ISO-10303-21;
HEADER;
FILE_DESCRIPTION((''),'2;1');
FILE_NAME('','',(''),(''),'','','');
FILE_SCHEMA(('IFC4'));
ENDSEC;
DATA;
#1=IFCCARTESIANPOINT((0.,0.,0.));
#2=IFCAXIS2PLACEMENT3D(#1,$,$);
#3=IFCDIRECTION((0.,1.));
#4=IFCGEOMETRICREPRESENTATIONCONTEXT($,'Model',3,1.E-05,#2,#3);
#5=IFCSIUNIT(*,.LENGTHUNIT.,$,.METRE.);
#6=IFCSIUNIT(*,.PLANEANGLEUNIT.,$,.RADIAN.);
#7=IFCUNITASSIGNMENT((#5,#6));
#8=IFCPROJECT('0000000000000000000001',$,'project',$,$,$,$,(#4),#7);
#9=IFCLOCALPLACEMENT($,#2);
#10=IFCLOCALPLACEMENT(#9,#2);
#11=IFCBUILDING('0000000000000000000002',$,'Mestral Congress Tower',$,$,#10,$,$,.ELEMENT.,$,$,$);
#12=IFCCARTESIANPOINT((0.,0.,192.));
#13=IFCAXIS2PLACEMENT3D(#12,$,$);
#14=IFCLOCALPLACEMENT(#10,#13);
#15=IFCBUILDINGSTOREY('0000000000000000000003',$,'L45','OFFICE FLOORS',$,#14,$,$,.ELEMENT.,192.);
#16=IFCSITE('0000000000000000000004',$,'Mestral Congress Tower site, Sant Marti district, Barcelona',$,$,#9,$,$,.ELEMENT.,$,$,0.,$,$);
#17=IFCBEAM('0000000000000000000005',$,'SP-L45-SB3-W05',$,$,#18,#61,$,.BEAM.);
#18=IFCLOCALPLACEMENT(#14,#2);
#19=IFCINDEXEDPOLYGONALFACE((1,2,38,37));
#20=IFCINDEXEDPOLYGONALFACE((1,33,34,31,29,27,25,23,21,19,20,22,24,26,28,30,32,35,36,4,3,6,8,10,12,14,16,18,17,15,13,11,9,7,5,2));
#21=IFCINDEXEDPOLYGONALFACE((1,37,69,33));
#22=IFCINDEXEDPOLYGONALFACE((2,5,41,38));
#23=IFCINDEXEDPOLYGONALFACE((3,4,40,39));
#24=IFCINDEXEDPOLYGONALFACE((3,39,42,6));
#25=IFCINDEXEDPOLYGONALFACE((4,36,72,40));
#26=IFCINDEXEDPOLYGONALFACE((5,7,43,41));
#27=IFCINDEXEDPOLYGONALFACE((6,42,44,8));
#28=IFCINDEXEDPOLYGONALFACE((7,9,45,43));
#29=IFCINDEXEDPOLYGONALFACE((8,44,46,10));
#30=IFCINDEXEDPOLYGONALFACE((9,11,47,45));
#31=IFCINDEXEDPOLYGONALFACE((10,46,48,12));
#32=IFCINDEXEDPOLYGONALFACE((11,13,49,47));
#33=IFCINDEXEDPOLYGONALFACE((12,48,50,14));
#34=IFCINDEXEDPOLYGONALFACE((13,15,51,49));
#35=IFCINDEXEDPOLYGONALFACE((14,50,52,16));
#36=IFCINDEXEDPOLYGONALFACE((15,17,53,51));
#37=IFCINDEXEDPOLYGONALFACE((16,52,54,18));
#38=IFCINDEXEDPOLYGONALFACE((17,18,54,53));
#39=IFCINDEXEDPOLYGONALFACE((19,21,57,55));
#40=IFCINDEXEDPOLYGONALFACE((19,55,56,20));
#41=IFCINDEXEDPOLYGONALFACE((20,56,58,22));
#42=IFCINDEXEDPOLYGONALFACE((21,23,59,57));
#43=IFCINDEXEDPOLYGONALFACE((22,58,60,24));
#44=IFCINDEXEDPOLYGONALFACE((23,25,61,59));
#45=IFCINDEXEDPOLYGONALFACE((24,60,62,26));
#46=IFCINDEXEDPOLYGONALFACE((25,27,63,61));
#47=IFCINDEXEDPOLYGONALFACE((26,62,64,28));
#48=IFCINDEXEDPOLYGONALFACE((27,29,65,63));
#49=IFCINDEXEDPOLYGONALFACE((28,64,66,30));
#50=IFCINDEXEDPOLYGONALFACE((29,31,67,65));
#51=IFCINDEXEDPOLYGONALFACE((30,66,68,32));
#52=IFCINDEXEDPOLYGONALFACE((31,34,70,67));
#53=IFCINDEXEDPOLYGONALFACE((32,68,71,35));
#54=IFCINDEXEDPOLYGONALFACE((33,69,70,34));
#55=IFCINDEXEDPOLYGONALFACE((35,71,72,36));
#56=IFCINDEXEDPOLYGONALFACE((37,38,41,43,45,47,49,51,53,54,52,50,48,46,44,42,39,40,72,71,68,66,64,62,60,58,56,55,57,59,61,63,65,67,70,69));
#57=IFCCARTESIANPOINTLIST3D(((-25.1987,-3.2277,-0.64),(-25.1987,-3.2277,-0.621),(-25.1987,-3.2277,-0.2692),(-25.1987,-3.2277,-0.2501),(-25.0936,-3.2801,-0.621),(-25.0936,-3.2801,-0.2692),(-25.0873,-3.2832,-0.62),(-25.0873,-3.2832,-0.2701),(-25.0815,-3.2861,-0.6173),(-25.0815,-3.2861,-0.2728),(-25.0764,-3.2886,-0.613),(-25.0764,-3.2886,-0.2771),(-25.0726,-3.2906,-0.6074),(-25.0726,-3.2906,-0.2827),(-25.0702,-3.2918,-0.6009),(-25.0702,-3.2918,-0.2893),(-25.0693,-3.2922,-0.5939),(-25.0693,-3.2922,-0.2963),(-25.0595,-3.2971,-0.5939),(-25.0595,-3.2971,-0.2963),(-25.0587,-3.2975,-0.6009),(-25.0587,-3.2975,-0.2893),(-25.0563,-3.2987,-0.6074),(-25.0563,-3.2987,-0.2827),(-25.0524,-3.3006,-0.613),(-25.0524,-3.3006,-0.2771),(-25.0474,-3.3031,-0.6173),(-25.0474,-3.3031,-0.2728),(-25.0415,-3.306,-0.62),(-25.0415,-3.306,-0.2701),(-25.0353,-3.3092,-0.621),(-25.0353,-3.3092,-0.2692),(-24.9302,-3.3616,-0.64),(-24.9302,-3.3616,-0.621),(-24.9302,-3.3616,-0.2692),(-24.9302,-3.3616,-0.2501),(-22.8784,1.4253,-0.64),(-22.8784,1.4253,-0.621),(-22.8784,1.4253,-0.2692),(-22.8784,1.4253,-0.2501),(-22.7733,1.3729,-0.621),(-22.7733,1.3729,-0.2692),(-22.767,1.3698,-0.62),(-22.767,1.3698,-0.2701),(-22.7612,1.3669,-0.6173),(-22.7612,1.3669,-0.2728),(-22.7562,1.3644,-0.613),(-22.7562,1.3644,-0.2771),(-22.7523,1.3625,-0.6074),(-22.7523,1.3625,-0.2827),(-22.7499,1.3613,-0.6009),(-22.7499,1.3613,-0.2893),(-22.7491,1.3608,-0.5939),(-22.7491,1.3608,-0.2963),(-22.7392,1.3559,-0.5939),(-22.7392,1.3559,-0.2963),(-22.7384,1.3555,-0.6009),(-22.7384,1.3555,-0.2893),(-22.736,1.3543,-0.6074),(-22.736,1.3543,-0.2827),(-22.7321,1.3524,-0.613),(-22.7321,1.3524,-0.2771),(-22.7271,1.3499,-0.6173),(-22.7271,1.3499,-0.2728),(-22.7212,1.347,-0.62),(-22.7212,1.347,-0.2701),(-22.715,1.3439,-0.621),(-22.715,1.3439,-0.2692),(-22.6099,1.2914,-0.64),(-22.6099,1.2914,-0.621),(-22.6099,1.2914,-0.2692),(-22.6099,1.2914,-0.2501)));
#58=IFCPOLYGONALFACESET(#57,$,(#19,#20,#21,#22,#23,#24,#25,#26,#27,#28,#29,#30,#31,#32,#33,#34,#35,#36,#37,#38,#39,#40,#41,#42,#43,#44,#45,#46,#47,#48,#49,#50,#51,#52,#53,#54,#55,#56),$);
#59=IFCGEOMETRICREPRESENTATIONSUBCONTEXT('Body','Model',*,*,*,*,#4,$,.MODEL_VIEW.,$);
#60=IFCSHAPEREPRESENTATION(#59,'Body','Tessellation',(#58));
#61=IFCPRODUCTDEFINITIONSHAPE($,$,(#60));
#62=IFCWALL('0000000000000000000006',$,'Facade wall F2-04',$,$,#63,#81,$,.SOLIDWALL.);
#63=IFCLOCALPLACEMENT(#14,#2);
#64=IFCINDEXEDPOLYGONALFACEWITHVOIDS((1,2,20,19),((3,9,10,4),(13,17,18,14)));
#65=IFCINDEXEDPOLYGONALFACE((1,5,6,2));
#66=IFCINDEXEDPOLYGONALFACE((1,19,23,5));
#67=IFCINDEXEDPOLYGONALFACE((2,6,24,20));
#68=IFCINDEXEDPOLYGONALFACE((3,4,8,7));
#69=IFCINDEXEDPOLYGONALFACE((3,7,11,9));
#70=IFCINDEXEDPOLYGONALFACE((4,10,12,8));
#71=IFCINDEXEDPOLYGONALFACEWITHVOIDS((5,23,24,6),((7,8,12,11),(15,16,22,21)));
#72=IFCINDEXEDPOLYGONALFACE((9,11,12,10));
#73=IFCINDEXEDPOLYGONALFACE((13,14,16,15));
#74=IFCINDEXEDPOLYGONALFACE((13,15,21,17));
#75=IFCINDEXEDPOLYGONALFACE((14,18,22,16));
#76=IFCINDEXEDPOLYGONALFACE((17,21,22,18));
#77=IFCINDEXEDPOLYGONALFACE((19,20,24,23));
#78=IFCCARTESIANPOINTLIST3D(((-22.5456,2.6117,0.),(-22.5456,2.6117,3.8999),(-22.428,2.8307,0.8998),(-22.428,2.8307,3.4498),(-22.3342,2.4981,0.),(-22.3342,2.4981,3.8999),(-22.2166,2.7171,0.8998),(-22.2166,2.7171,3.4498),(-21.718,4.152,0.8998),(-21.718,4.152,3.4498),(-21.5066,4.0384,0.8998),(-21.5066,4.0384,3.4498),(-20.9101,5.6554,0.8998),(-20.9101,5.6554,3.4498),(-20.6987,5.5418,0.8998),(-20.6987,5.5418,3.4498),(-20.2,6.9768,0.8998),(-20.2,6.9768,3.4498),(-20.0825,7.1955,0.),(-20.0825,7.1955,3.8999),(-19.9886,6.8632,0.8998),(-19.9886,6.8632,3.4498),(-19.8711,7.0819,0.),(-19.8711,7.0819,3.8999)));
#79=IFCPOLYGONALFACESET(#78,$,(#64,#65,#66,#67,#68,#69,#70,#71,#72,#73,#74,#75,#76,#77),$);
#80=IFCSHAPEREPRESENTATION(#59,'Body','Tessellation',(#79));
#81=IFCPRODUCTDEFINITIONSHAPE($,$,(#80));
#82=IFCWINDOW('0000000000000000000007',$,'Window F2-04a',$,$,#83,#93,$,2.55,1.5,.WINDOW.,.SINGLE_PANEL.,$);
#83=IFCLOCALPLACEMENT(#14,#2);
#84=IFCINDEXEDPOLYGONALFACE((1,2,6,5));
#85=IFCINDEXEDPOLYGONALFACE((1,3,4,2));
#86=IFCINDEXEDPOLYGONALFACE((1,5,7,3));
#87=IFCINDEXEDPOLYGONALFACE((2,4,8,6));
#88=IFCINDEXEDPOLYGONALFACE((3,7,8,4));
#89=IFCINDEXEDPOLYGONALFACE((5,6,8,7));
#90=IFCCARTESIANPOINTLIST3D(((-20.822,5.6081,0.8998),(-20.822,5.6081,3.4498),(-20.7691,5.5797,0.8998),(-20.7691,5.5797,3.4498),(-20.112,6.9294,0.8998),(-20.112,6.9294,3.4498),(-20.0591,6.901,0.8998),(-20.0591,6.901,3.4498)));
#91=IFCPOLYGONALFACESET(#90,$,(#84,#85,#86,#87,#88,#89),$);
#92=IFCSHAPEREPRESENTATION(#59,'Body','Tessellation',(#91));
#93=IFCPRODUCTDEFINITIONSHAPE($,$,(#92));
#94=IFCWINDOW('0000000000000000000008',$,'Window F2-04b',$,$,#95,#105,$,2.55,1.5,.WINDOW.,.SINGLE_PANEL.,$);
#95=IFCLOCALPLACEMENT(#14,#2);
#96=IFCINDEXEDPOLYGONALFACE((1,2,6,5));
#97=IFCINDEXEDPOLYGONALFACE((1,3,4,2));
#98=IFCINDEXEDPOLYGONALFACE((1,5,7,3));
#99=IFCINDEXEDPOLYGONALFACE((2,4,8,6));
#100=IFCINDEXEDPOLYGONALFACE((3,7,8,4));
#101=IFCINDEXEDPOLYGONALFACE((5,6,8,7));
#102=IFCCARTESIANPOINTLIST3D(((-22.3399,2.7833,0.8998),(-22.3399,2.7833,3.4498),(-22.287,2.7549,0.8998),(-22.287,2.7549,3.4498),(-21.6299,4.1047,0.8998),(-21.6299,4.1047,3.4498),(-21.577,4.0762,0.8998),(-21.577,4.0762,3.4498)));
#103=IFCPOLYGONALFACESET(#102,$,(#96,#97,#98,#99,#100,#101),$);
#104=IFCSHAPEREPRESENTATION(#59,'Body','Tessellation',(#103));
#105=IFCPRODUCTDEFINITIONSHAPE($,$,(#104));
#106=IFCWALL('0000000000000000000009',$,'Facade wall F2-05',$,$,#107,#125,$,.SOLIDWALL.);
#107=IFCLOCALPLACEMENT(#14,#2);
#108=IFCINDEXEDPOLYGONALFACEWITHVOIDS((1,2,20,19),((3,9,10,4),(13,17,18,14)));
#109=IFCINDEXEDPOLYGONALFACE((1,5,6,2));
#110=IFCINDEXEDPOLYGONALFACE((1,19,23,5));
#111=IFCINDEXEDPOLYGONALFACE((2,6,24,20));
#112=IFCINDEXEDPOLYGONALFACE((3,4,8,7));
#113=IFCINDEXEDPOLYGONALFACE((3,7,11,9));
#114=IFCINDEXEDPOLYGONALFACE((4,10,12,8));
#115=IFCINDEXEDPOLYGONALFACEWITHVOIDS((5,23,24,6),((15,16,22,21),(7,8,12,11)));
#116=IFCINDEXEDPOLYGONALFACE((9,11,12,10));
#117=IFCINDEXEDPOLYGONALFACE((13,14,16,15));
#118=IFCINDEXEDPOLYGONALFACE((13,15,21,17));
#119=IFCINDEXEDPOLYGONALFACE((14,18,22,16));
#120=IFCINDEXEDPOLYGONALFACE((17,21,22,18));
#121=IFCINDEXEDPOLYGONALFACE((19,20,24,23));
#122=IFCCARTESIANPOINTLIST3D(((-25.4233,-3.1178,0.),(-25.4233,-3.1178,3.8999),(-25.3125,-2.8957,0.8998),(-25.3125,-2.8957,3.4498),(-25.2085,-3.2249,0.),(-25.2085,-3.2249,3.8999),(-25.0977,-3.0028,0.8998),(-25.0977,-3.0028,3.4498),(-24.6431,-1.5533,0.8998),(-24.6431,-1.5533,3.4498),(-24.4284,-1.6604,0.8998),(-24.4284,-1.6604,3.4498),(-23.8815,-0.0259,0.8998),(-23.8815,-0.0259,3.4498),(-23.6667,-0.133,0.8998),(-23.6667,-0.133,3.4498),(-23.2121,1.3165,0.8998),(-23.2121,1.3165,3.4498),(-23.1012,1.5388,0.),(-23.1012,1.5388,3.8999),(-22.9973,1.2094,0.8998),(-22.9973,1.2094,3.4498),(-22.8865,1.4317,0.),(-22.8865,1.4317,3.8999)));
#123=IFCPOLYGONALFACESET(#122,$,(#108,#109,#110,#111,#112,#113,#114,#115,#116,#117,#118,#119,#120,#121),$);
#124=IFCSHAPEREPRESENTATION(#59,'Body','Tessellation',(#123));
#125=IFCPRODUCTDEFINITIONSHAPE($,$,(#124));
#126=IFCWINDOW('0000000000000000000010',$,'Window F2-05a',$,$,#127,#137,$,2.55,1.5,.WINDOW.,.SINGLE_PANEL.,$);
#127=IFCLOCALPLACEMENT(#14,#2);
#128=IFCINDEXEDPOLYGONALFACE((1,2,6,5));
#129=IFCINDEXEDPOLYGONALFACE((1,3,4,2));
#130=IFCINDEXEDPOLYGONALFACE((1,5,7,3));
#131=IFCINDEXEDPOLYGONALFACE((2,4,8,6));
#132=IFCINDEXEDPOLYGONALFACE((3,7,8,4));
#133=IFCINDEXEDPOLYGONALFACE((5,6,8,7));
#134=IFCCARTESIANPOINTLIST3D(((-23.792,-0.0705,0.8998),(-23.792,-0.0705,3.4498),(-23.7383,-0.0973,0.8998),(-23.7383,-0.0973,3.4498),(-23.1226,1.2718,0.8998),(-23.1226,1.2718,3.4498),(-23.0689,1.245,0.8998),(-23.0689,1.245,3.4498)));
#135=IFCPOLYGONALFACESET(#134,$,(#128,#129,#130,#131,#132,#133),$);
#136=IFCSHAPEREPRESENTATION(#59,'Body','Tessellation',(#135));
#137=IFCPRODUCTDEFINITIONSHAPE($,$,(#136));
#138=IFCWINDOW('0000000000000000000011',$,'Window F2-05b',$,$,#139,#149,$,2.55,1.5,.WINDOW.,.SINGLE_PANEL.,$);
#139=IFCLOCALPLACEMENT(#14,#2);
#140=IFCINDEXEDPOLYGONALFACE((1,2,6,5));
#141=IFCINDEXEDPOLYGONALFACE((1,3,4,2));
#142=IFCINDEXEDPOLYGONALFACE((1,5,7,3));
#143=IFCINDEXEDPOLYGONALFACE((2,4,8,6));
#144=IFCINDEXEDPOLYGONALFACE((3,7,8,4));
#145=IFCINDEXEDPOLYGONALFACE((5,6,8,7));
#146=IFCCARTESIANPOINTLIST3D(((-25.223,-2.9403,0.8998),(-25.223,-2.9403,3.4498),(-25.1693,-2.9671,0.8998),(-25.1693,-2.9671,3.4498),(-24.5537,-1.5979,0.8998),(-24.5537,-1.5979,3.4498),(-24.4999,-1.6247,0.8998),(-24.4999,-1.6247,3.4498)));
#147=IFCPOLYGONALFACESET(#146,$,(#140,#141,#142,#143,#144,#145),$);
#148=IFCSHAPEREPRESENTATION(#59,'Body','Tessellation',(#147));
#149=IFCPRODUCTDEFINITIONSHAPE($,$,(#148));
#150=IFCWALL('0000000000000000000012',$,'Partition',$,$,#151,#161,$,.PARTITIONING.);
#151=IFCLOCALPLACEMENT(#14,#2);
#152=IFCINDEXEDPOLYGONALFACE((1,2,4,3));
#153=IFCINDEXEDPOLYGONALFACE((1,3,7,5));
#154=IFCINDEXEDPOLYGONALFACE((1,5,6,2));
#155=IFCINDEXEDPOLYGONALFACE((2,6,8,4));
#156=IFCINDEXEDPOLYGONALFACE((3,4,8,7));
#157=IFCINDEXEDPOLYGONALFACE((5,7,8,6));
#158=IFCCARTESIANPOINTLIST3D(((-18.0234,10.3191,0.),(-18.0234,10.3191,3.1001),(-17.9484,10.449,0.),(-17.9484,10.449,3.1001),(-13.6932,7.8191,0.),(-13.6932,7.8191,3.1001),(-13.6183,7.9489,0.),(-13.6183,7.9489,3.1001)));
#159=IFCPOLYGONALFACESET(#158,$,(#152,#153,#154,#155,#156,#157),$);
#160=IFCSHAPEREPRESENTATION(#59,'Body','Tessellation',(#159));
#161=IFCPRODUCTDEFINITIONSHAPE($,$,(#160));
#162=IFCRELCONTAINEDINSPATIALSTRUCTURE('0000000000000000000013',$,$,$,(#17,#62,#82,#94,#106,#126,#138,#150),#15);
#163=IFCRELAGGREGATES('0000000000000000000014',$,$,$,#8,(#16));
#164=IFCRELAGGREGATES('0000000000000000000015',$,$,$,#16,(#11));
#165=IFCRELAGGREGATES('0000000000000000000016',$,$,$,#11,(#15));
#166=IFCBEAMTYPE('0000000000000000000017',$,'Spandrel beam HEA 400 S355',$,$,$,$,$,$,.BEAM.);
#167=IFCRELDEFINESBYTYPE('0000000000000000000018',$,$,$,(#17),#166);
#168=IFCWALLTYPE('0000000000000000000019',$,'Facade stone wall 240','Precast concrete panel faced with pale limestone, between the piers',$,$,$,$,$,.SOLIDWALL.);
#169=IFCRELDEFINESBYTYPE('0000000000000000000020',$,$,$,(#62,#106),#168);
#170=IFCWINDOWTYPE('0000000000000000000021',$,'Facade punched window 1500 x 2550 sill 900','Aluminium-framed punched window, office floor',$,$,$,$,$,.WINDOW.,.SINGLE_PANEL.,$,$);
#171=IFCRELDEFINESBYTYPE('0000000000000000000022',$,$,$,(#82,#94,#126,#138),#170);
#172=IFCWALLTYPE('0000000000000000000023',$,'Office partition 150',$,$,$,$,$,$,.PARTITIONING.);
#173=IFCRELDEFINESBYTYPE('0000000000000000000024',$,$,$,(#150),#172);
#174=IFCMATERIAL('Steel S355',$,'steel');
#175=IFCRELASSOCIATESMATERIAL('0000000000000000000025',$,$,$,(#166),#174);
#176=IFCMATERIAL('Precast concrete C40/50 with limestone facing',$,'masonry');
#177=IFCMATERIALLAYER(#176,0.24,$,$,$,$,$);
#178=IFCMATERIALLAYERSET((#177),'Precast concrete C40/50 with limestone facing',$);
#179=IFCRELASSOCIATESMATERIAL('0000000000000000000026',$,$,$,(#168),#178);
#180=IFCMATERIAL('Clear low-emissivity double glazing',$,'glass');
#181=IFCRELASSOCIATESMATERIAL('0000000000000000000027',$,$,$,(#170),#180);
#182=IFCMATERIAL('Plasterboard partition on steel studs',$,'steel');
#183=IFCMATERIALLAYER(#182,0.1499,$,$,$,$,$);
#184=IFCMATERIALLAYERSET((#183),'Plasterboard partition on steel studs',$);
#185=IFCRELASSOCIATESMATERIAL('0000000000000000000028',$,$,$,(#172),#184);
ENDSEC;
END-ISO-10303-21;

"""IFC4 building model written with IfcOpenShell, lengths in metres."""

from ifc_helpers import new_model, si_unit, direction, frame, frame_2d, origin, origin_2d, place, context, subcontext, project, spatial, rectangle, i_section, extrude, material, layer, layer_set, material_profile, profile_set, type_object, element, fill, save


model = new_model("IFC4")

# Units and contexts
model_context = context("Model", 3, precision=1e-05, world=origin(), true_north=direction((0.0, 1.0)))
body_context = subcontext(model_context, "Body", "Model", "MODEL_VIEW")
ifc_project = project(units=[si_unit("LENGTHUNIT", "METRE"), si_unit("PLANEANGLEUNIT", "RADIAN")], contexts=[model_context])

# Site, building, storey
site_placement = place(None, origin())
site = spatial("IfcSite", under=ifc_project, at=site_placement, Name="Mestral Congress Tower site, Sant Marti district, Barcelona", CompositionType="ELEMENT", RefElevation=0.0)
building_placement = place(site_placement, origin())
building = spatial("IfcBuilding", under=site, at=building_placement, Name="Mestral Congress Tower", CompositionType="ELEMENT")
storey_placement = place(building_placement, frame((0.0, 0.0, 192.0)))
storey = spatial("IfcBuildingStorey", under=building, at=storey_placement, Name="L45", Description="OFFICE FLOORS", CompositionType="ELEMENT", Elevation=192.0)

# Beam
ifc_material_1 = material(Name="Steel S355", Category="steel")
ifc_material_profile_1 = material_profile(ifc_material_1, i_section(OverallWidth=0.3, OverallDepth=0.3899, WebThickness=0.011, FlangeThickness=0.019, FilletRadius=0.0271, at=origin_2d()), Name="HEA 400")
ifc_profile_set_1 = profile_set([ifc_material_profile_1], Name="Steel S355")
beam_type_1 = type_object("IfcBeamType", Name="Spandrel beam HEA 400 S355", PredefinedType="BEAM", material=ifc_profile_set_1)
beam_1_placement = place(storey_placement, frame((-22.7441, 1.3584, -0.4451), z_axis=(-0.446255, -0.894906, 0.0), x_axis=(0.894906, -0.446255, 0.0)))
element("IfcBeam", 1, at=beam_1_placement, inside=storey, type_object=beam_type_1, Name="SP-L45-SB3-W05", PredefinedType="BEAM", context=body_context, shape_type="SweptSolid", body=[
    extrude(i_section(OverallWidth=0.3, OverallDepth=0.3899, WebThickness=0.011, FlangeThickness=0.019, FilletRadius=0.0271, at=origin_2d()), origin(), (0.0, 0.0, 1.0), 5.1995),
])

# Walls, openings, windows
ifc_material_2 = material(Name="Precast concrete C40/50 with limestone facing", Category="masonry")
ifc_layer_1 = layer(ifc_material_2, 0.24)
ifc_layer_set_1 = layer_set([ifc_layer_1], Name="Precast concrete C40/50 with limestone facing")
wall_type_1 = type_object("IfcWallType", Name="Facade stone wall 240", Description="Precast concrete panel faced with pale limestone, between the piers", PredefinedType="SOLIDWALL", material=ifc_layer_set_1)
wall_1_placement = place(storey_placement, frame((-19.9768, 7.1387, 0.0), z_axis=(0.0, 0.0, 1.0), x_axis=(-0.47335, -0.880875, 0.0)))
wall_1 = element("IfcWall", 2, at=wall_1_placement, inside=storey, type_object=wall_type_1, Name="Facade wall F2-04", PredefinedType="SOLIDWALL", context=body_context, shape_type="SweptSolid", body=[
    extrude(rectangle(XDim=5.2036, YDim=0.24, at=frame_2d((2.6018, 0.0))), origin(), (0.0, 0.0, 1.0), 3.8999),
])
opening_1_placement = place(wall_1_placement, frame((0.2483, 0.0, 0.8999)))
opening_1 = element("IfcOpeningElement", 3, at=opening_1_placement, cuts=wall_1, PredefinedType="OPENING", context=body_context, shape_type="SweptSolid", body=[
    extrude(rectangle(XDim=1.5, YDim=2.55, at=frame_2d((0.75, 1.2749))), frame((0.0, 0.1299, 0.0), z_axis=(0.0, -1.0, 0.0), x_axis=(1.0, 0.0, 0.0)), (0.0, 0.0, 1.0), 0.26),
])
opening_2_placement = place(wall_1_placement, frame((3.4551, 0.0, 0.8999)))
opening_2 = element("IfcOpeningElement", 4, at=opening_2_placement, cuts=wall_1, PredefinedType="OPENING", context=body_context, shape_type="SweptSolid", body=[
    extrude(rectangle(XDim=1.5, YDim=2.55, at=frame_2d((0.75, 1.2749))), frame((0.0, 0.1299, 0.0), z_axis=(0.0, -1.0, 0.0), x_axis=(1.0, 0.0, 0.0)), (0.0, 0.0, 1.0), 0.26),
])
ifc_material_3 = material(Name="Clear low-emissivity double glazing", Category="glass")
window_type = type_object("IfcWindowType", Name="Facade punched window 1500 x 2550 sill 900", Description="Aluminium-framed punched window, office floor", PartitioningType="SINGLE_PANEL", PredefinedType="WINDOW", material=ifc_material_3)
window_1_placement = place(opening_1_placement, origin())
window_1 = element("IfcWindow", 5, at=window_1_placement, inside=storey, type_object=window_type, Name="Window F2-04a", OverallHeight=2.55, OverallWidth=1.5, PartitioningType="SINGLE_PANEL", PredefinedType="WINDOW", context=body_context, shape_type="SweptSolid", body=[
    extrude(rectangle(XDim=1.5, YDim=2.55, at=frame_2d((0.75, 1.2749))), frame((0.0, 0.04, 0.0), z_axis=(0.0, -1.0, 0.0), x_axis=(1.0, 0.0, 0.0)), (0.0, 0.0, 1.0), 0.0601),
])
fill(opening_1, window_1)
window_2_placement = place(opening_2_placement, origin())
window_2 = element("IfcWindow", 6, at=window_2_placement, inside=storey, type_object=window_type, Name="Window F2-04b", OverallHeight=2.55, OverallWidth=1.5, PartitioningType="SINGLE_PANEL", PredefinedType="WINDOW", context=body_context, shape_type="SweptSolid", body=[
    extrude(rectangle(XDim=1.5, YDim=2.55, at=frame_2d((0.75, 1.2749))), frame((0.0, 0.04, 0.0), z_axis=(0.0, -1.0, 0.0), x_axis=(1.0, 0.0, 0.0)), (0.0, 0.0, 1.0), 0.0601),
])
fill(opening_2, window_2)
wall_2_placement = place(storey_placement, frame((-22.9939, 1.4851, 0.0), z_axis=(0.0, 0.0, 1.0), x_axis=(-0.446256, -0.894905, 0.0)))
wall_2 = element("IfcWall", 7, at=wall_2_placement, inside=storey, type_object=wall_type_1, Name="Facade wall F2-05", PredefinedType="SOLIDWALL", context=body_context, shape_type="SweptSolid", body=[
    extrude(rectangle(XDim=5.2034, YDim=0.24, at=frame_2d((2.6016, 0.0))), origin(), (0.0, 0.0, 1.0), 3.8999),
])
opening_3_placement = place(wall_2_placement, frame((0.2483, 0.0, 0.8999)))
opening_3 = element("IfcOpeningElement", 8, at=opening_3_placement, cuts=wall_2, PredefinedType="OPENING", context=body_context, shape_type="SweptSolid", body=[
    extrude(rectangle(XDim=1.5, YDim=2.55, at=frame_2d((0.75, 1.2749))), frame((0.0, 0.1299, 0.0), z_axis=(0.0, -1.0, 0.0), x_axis=(1.0, 0.0, 0.0)), (0.0, 0.0, 1.0), 0.26),
])
opening_4_placement = place(wall_2_placement, frame((3.4551, 0.0, 0.8999)))
opening_4 = element("IfcOpeningElement", 9, at=opening_4_placement, cuts=wall_2, PredefinedType="OPENING", context=body_context, shape_type="SweptSolid", body=[
    extrude(rectangle(XDim=1.5, YDim=2.55, at=frame_2d((0.75, 1.2749))), frame((0.0, 0.1299, 0.0), z_axis=(0.0, -1.0, 0.0), x_axis=(1.0, 0.0, 0.0)), (0.0, 0.0, 1.0), 0.26),
])
window_3_placement = place(opening_3_placement, origin())
window_3 = element("IfcWindow", 10, at=window_3_placement, inside=storey, type_object=window_type, Name="Window F2-05a", OverallHeight=2.55, OverallWidth=1.5, PartitioningType="SINGLE_PANEL", PredefinedType="WINDOW", context=body_context, shape_type="SweptSolid", body=[
    extrude(rectangle(XDim=1.5, YDim=2.55, at=frame_2d((0.75, 1.2749))), frame((0.0, 0.04, 0.0), z_axis=(0.0, -1.0, 0.0), x_axis=(1.0, 0.0, 0.0)), (0.0, 0.0, 1.0), 0.0601),
])
fill(opening_3, window_3)
window_4_placement = place(opening_4_placement, origin())
window_4 = element("IfcWindow", 11, at=window_4_placement, inside=storey, type_object=window_type, Name="Window F2-05b", OverallHeight=2.55, OverallWidth=1.5, PartitioningType="SINGLE_PANEL", PredefinedType="WINDOW", context=body_context, shape_type="SweptSolid", body=[
    extrude(rectangle(XDim=1.5, YDim=2.55, at=frame_2d((0.75, 1.2749))), frame((0.0, 0.04, 0.0), z_axis=(0.0, -1.0, 0.0), x_axis=(1.0, 0.0, 0.0)), (0.0, 0.0, 1.0), 0.0601),
])
fill(opening_4, window_4)

# Wall
ifc_material_4 = material(Name="Plasterboard partition on steel studs", Category="steel")
ifc_layer_2 = layer(ifc_material_4, 0.1499)
ifc_layer_set_2 = layer_set([ifc_layer_2], Name="Plasterboard partition on steel studs")
wall_type_2 = type_object("IfcWallType", Name="Office partition 150", PredefinedType="PARTITIONING", material=ifc_layer_set_2)
wall_3_placement = place(storey_placement, frame((-13.6558, 7.884, 0.0), z_axis=(0.0, 0.0, 1.0), x_axis=(-0.866023, 0.500004, 0.0)))
element("IfcWall", 12, at=wall_3_placement, inside=storey, type_object=wall_type_2, Name="Partition", PredefinedType="PARTITIONING", context=body_context, shape_type="SweptSolid", body=[
    extrude(rectangle(XDim=5.0, YDim=0.1499, at=frame_2d((2.5, 0.0))), origin(), (0.0, 0.0, 1.0), 3.1001),
])

save(model, "model.ifc")
